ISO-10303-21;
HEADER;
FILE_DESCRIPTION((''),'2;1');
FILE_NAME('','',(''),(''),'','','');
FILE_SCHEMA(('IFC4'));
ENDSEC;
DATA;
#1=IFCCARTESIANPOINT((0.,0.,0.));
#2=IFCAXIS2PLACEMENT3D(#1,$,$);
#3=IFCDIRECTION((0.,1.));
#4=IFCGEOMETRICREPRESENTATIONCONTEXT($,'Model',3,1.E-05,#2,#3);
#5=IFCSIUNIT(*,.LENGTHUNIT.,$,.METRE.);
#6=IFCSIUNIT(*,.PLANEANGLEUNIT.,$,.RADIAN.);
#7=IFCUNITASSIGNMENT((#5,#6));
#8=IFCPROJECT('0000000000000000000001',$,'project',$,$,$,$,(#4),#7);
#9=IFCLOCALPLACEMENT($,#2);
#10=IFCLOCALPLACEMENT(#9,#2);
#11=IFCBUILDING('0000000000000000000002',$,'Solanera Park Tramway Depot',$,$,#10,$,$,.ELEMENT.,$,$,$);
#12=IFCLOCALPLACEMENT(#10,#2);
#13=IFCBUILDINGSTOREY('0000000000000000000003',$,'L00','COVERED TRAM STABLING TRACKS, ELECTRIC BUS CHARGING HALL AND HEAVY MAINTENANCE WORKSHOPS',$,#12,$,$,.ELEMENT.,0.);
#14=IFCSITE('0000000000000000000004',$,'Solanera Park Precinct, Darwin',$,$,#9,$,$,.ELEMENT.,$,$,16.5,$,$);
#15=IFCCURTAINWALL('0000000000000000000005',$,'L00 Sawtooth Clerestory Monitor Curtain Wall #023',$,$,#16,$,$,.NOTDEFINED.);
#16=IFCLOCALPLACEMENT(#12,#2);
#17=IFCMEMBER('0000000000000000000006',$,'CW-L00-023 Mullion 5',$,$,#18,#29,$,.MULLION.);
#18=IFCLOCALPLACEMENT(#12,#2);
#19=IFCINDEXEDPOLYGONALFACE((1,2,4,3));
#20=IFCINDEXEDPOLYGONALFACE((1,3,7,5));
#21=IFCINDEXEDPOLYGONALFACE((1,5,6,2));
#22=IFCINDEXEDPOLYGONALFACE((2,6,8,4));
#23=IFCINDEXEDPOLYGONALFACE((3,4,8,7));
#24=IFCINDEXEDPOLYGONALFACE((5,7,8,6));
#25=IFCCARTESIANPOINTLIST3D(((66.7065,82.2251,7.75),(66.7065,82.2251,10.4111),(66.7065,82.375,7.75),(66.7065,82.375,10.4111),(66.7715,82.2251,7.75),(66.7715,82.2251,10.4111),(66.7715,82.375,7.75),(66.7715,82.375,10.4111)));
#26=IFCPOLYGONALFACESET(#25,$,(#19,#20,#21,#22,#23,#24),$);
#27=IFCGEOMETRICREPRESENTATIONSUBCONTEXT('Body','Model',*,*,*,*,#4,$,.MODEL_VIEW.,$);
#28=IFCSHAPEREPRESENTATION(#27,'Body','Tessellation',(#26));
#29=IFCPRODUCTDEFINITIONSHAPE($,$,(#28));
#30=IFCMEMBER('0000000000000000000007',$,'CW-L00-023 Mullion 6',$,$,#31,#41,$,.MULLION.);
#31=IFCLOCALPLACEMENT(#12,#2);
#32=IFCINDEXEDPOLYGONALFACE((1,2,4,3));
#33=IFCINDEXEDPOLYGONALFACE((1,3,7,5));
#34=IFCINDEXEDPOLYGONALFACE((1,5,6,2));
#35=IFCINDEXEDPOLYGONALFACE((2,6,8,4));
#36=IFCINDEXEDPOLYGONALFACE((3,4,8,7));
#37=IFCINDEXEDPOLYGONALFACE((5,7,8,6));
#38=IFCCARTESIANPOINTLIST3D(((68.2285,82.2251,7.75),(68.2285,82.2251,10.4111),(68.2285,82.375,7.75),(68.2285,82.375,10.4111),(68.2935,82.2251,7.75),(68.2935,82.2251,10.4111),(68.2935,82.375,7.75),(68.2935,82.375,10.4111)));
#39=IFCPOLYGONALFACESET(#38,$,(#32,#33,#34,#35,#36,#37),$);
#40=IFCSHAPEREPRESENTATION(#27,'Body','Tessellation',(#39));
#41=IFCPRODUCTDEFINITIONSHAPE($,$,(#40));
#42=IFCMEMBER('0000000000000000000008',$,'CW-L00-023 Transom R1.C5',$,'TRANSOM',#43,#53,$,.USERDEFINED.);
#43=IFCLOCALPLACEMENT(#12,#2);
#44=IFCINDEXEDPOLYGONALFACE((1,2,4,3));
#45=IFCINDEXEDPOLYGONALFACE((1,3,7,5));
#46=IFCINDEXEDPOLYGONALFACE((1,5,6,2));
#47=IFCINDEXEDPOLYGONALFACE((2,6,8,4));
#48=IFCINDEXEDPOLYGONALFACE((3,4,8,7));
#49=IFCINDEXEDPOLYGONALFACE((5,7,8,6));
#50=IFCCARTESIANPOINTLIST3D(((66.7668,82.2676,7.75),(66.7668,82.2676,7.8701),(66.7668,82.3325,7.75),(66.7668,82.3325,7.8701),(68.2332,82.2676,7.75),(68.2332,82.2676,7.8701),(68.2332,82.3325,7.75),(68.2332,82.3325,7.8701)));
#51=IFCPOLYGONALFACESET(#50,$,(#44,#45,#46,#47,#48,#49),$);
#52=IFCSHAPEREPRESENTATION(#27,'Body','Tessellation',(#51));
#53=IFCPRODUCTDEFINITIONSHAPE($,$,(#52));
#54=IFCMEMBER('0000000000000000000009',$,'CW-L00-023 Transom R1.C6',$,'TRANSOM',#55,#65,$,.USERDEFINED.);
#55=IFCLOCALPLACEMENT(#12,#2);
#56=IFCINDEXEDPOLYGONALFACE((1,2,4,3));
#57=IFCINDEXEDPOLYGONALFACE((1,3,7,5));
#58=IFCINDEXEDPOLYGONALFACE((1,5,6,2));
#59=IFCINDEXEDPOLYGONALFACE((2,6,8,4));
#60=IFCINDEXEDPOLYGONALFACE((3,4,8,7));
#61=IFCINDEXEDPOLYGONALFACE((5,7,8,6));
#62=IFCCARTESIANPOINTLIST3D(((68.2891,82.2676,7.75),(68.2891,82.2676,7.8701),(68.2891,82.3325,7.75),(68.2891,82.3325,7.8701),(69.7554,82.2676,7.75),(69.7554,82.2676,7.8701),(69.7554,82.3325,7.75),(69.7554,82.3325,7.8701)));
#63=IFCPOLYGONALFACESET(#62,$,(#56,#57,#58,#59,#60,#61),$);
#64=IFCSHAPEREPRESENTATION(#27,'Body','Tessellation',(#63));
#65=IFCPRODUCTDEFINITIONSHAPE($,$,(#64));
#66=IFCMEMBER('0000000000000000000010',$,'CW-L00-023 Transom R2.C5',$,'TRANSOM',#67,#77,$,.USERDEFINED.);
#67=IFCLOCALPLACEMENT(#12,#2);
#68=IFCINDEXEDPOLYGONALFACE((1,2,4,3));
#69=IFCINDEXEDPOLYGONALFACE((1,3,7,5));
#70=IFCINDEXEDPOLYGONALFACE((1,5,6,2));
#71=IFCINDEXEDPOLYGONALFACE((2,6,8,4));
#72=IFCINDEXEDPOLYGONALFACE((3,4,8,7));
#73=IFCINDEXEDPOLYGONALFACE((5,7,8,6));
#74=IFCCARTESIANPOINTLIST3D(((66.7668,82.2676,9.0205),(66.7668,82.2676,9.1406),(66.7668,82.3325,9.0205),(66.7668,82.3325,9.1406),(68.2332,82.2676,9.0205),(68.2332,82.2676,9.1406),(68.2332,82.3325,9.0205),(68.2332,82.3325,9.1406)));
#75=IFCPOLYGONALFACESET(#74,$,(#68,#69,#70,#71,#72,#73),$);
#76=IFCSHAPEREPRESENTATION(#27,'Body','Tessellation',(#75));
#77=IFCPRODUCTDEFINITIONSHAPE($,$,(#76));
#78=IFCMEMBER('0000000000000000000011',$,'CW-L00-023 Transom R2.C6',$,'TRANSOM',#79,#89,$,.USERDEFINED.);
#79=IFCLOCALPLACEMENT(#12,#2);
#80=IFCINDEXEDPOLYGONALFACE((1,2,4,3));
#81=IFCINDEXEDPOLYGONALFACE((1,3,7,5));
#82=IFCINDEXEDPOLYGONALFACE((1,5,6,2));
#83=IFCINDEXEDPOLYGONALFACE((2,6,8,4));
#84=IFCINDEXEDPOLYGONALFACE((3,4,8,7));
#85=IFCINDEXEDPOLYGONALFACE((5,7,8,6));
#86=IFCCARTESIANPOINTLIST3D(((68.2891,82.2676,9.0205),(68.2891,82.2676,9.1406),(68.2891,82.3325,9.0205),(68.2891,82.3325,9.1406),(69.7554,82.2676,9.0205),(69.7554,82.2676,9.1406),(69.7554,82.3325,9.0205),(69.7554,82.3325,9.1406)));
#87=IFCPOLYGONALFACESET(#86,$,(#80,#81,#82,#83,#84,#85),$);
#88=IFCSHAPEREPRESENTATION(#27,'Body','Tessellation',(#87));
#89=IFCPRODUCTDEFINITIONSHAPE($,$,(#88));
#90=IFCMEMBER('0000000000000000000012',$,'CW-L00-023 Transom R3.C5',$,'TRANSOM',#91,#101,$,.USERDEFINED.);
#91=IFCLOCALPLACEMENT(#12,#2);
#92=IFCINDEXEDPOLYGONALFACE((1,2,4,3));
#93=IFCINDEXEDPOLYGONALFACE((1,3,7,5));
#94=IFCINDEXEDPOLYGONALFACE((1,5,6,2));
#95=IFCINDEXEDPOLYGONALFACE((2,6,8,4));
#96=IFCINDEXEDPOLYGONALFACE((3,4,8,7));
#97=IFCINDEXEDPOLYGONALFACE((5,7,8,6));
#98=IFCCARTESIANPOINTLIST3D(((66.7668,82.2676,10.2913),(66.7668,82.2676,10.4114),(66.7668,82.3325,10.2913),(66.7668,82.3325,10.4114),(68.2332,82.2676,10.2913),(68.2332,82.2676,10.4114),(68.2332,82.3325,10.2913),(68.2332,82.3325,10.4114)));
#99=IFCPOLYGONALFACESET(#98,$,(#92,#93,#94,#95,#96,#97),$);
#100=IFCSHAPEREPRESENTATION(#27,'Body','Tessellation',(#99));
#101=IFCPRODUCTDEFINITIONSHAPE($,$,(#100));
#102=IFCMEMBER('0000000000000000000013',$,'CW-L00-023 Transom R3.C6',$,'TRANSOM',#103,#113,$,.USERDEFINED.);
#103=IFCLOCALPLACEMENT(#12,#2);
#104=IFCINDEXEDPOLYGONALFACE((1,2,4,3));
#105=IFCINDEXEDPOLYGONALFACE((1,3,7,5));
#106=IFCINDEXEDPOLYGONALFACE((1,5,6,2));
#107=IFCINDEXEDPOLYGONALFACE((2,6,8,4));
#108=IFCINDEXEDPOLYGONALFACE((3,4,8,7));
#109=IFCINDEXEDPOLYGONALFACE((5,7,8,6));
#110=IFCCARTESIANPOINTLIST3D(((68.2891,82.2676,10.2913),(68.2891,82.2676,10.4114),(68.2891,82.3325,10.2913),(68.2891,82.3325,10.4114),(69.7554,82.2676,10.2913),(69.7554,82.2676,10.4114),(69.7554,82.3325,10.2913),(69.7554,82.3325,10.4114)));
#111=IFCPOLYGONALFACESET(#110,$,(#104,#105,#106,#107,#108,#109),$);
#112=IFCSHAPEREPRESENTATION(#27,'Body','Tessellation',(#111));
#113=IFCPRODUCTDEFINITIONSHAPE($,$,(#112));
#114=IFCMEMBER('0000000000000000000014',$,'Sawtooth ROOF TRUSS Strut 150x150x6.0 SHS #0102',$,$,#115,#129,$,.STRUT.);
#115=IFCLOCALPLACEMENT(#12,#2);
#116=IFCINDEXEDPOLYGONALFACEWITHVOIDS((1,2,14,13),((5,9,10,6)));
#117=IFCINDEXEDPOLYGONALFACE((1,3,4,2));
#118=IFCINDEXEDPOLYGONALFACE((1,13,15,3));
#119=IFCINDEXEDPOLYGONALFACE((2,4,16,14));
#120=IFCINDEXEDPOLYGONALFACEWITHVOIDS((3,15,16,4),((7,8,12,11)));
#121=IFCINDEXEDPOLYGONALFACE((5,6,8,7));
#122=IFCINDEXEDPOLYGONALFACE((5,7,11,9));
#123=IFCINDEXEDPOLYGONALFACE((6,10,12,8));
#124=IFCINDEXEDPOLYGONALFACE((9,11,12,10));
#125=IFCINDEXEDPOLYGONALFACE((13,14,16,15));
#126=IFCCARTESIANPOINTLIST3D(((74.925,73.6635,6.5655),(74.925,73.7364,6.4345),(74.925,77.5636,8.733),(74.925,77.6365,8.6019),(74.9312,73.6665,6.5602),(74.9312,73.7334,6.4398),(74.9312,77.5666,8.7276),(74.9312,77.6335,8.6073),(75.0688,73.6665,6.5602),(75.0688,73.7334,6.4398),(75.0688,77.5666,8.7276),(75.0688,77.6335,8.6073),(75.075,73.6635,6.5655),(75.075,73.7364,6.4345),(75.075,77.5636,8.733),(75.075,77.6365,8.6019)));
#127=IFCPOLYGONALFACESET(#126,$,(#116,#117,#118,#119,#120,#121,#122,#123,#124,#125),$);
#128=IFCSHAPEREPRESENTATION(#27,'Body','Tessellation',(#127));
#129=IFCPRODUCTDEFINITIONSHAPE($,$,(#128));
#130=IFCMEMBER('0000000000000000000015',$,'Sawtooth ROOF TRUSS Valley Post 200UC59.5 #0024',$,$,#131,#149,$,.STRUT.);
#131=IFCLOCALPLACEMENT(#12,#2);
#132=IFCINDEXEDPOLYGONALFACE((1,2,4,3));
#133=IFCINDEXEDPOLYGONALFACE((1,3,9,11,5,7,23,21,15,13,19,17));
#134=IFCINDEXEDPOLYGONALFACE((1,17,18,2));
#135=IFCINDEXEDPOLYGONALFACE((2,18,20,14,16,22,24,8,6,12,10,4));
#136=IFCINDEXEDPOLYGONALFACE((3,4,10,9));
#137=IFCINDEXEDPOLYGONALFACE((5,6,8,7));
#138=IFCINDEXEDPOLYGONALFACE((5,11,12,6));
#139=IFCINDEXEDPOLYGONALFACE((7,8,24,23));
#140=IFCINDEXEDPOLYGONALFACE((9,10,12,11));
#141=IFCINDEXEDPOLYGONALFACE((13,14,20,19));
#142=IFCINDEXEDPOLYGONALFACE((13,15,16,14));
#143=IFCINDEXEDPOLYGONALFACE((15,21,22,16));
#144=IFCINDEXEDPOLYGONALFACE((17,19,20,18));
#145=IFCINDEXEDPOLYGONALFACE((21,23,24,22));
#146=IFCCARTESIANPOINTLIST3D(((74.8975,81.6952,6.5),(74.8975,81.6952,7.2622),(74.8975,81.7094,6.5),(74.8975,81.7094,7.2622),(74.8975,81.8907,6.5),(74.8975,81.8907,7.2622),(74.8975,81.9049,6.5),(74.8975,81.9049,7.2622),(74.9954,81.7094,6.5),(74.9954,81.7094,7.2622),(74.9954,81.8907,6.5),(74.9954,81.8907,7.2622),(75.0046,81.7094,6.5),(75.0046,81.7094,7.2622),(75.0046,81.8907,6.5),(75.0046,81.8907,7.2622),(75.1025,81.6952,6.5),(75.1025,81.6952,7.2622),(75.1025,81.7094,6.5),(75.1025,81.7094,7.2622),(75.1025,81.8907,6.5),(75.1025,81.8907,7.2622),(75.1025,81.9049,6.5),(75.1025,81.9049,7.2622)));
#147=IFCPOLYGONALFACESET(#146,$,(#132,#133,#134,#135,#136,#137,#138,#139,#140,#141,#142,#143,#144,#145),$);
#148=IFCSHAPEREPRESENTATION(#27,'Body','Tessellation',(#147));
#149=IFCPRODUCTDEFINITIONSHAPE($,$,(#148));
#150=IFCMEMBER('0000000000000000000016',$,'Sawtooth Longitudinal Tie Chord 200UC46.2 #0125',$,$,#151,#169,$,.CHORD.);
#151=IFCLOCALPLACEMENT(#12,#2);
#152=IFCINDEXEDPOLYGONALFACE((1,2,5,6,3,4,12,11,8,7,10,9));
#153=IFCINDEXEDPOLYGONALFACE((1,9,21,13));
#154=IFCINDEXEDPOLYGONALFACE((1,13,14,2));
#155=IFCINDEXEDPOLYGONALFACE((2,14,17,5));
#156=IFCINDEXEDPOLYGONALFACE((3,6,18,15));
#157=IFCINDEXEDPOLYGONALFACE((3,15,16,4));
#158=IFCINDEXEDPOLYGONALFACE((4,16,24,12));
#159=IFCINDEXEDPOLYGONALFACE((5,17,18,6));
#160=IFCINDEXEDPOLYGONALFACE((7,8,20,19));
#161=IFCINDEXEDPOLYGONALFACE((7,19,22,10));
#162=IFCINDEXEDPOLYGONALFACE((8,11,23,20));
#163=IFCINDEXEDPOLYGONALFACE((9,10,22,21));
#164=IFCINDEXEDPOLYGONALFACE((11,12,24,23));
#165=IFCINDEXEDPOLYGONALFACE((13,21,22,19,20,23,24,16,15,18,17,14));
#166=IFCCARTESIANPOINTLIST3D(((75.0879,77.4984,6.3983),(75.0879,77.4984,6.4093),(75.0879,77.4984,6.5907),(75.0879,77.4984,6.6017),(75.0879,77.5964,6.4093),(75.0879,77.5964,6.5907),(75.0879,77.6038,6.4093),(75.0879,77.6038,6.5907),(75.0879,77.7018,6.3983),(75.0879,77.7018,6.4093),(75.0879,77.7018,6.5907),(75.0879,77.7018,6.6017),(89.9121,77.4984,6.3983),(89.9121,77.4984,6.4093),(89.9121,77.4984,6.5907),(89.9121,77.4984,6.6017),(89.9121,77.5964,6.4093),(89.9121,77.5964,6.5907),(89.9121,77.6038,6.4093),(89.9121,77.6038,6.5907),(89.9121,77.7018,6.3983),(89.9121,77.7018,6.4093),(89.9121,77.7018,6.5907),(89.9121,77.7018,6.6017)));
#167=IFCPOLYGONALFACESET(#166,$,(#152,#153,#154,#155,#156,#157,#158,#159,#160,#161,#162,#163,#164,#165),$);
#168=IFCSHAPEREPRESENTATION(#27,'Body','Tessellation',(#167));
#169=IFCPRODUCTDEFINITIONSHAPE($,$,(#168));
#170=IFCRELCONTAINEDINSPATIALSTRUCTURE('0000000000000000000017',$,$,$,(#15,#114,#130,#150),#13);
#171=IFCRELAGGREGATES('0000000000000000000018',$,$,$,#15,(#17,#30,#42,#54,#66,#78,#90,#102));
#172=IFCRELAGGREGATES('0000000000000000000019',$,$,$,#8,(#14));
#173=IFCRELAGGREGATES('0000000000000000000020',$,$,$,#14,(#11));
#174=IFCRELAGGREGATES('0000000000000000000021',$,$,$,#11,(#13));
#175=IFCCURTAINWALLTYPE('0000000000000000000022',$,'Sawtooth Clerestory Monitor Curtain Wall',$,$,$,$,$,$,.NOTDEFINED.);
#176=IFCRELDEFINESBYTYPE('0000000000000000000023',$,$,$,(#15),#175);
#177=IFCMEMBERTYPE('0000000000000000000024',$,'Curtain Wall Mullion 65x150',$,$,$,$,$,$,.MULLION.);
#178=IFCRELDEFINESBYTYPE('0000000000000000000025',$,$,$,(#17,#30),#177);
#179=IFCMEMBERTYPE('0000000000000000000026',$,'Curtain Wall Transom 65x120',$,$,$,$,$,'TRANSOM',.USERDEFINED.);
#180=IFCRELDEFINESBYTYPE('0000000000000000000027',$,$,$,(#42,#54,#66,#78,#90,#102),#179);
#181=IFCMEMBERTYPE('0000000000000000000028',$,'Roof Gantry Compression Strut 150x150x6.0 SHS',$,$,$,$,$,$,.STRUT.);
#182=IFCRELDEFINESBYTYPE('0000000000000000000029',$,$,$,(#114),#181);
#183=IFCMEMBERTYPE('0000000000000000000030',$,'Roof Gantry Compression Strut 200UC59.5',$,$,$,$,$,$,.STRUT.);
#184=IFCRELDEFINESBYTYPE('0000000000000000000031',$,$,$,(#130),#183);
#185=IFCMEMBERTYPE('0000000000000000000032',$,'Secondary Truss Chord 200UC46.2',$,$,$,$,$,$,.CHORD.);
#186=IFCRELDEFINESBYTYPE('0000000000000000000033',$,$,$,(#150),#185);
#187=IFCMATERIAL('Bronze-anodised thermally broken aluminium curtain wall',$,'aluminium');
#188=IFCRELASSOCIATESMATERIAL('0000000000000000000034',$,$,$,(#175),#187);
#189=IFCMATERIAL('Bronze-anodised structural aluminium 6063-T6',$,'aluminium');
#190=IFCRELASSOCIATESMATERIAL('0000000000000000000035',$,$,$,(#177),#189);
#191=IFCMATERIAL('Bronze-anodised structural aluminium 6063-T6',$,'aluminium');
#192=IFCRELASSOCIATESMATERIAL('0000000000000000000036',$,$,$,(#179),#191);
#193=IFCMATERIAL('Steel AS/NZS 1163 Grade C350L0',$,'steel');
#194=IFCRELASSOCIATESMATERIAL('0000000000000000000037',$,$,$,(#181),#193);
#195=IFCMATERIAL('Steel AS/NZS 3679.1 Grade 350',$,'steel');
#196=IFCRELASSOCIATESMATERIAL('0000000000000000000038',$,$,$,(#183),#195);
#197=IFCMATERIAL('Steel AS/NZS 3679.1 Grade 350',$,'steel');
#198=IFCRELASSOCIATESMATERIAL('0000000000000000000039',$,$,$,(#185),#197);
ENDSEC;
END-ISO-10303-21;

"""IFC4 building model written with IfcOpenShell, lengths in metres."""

from ifc_helpers import new_model, si_unit, direction, frame, origin, origin_2d, place, context, subcontext, project, spatial, rectangle, hollow_rectangle, i_section, extrude, material, material_profile, profile_set, type_object, element, aggregate, save


model = new_model("IFC4")

# Units and contexts
model_context = context("Model", 3, precision=1e-05, world=origin(), true_north=direction((0.0, 1.0)))
body_context = subcontext(model_context, "Body", "Model", "MODEL_VIEW")
ifc_project = project(units=[si_unit("LENGTHUNIT", "METRE"), si_unit("PLANEANGLEUNIT", "RADIAN")], contexts=[model_context])

# Site, building, storey
site_placement = place(None, origin())
site = spatial("IfcSite", under=ifc_project, at=site_placement, Name="Solanera Park Precinct, Darwin", CompositionType="ELEMENT", RefElevation=16.5)
building_placement = place(site_placement, origin())
building = spatial("IfcBuilding", under=site, at=building_placement, Name="Solanera Park Tramway Depot", CompositionType="ELEMENT")
storey_placement = place(building_placement, origin())
storey = spatial("IfcBuildingStorey", under=building, at=storey_placement, Name="L00", Description="COVERED TRAM STABLING TRACKS, ELECTRIC BUS CHARGING HALL AND HEAVY MAINTENANCE WORKSHOPS", CompositionType="ELEMENT", Elevation=0.0)

# Curtain wall, members
ifc_material_1 = material(Name="Bronze-anodised thermally broken aluminium curtain wall", Category="aluminium")
curtain_wall_type = type_object("IfcCurtainWallType", Name="Sawtooth Clerestory Monitor Curtain Wall", PredefinedType="NOTDEFINED", material=ifc_material_1)
curtain_wall_placement = place(storey_placement, origin())
curtain_wall = element("IfcCurtainWall", 1, at=curtain_wall_placement, inside=storey, type_object=curtain_wall_type, Name="L00 Sawtooth Clerestory Monitor Curtain Wall #023", PredefinedType="NOTDEFINED")
ifc_material_2 = material(Name="Bronze-anodised structural aluminium 6063-T6", Category="aluminium")
ifc_material_profile_1 = material_profile(ifc_material_2, rectangle(XDim=0.0649, YDim=0.1499, at=origin_2d()), Name="Curtain Wall Mullion 65x150")
ifc_profile_set_1 = profile_set([ifc_material_profile_1], Name="Bronze-anodised structural aluminium 6063-T6")
member_type_1 = type_object("IfcMemberType", Name="Curtain Wall Mullion 65x150", PredefinedType="MULLION", material=ifc_profile_set_1)
member_1_placement = place(storey_placement, frame((66.739, 82.3, 7.75), z_axis=(0.0, 0.0, 1.0), x_axis=(1.0, 0.0, 0.0)))
member_1 = element("IfcMember", 2, at=member_1_placement, type_object=member_type_1, Name="CW-L00-023 Mullion 5", PredefinedType="MULLION", context=body_context, shape_type="SweptSolid", body=[
    extrude(rectangle(XDim=0.0649, YDim=0.1499, at=origin_2d()), origin(), (0.0, 0.0, 1.0), 2.6611),
])
member_2_placement = place(storey_placement, frame((68.261, 82.3, 7.75), z_axis=(0.0, 0.0, 1.0), x_axis=(1.0, 0.0, 0.0)))
member_2 = element("IfcMember", 3, at=member_2_placement, type_object=member_type_1, Name="CW-L00-023 Mullion 6", PredefinedType="MULLION", context=body_context, shape_type="SweptSolid", body=[
    extrude(rectangle(XDim=0.0649, YDim=0.1499, at=origin_2d()), origin(), (0.0, 0.0, 1.0), 2.6611),
])
ifc_material_3 = material(Name="Bronze-anodised structural aluminium 6063-T6", Category="aluminium")
ifc_material_profile_2 = material_profile(ifc_material_3, rectangle(XDim=0.0649, YDim=0.1201, at=origin_2d()), Name="Curtain Wall Transom 65x120")
ifc_profile_set_2 = profile_set([ifc_material_profile_2], Name="Bronze-anodised structural aluminium 6063-T6")
member_type_2 = type_object("IfcMemberType", Name="Curtain Wall Transom 65x120", ElementType="TRANSOM", PredefinedType="USERDEFINED", material=ifc_profile_set_2)
member_3_placement = place(storey_placement, frame((66.7668, 82.3, 7.8101), z_axis=(1.0, 0.0, 0.0), x_axis=(0.0, 1.0, 0.0)))
member_3 = element("IfcMember", 4, at=member_3_placement, type_object=member_type_2, Name="CW-L00-023 Transom R1.C5", ObjectType="TRANSOM", PredefinedType="USERDEFINED", context=body_context, shape_type="SweptSolid", body=[
    extrude(rectangle(XDim=0.0649, YDim=0.1201, at=origin_2d()), origin(), (0.0, 0.0, 1.0), 1.4663),
])
member_4_placement = place(storey_placement, frame((68.2891, 82.3, 7.8101), z_axis=(1.0, 0.0, 0.0), x_axis=(0.0, 1.0, 0.0)))
member_4 = element("IfcMember", 5, at=member_4_placement, type_object=member_type_2, Name="CW-L00-023 Transom R1.C6", ObjectType="TRANSOM", PredefinedType="USERDEFINED", context=body_context, shape_type="SweptSolid", body=[
    extrude(rectangle(XDim=0.0649, YDim=0.1201, at=origin_2d()), origin(), (0.0, 0.0, 1.0), 1.4663),
])
member_5_placement = place(storey_placement, frame((66.7668, 82.3, 9.0806), z_axis=(1.0, 0.0, 0.0), x_axis=(0.0, 1.0, 0.0)))
member_5 = element("IfcMember", 6, at=member_5_placement, type_object=member_type_2, Name="CW-L00-023 Transom R2.C5", ObjectType="TRANSOM", PredefinedType="USERDEFINED", context=body_context, shape_type="SweptSolid", body=[
    extrude(rectangle(XDim=0.0649, YDim=0.1201, at=origin_2d()), origin(), (0.0, 0.0, 1.0), 1.4663),
])
member_6_placement = place(storey_placement, frame((68.2891, 82.3, 9.0806), z_axis=(1.0, 0.0, 0.0), x_axis=(0.0, 1.0, 0.0)))
member_6 = element("IfcMember", 7, at=member_6_placement, type_object=member_type_2, Name="CW-L00-023 Transom R2.C6", ObjectType="TRANSOM", PredefinedType="USERDEFINED", context=body_context, shape_type="SweptSolid", body=[
    extrude(rectangle(XDim=0.0649, YDim=0.1201, at=origin_2d()), origin(), (0.0, 0.0, 1.0), 1.4663),
])
member_7_placement = place(storey_placement, frame((66.7668, 82.3, 10.3513), z_axis=(1.0, 0.0, 0.0), x_axis=(0.0, 1.0, 0.0)))
member_7 = element("IfcMember", 8, at=member_7_placement, type_object=member_type_2, Name="CW-L00-023 Transom R3.C5", ObjectType="TRANSOM", PredefinedType="USERDEFINED", context=body_context, shape_type="SweptSolid", body=[
    extrude(rectangle(XDim=0.0649, YDim=0.1201, at=origin_2d()), origin(), (0.0, 0.0, 1.0), 1.4663),
])
member_8_placement = place(storey_placement, frame((68.2891, 82.3, 10.3513), z_axis=(1.0, 0.0, 0.0), x_axis=(0.0, 1.0, 0.0)))
member_8 = element("IfcMember", 9, at=member_8_placement, type_object=member_type_2, Name="CW-L00-023 Transom R3.C6", ObjectType="TRANSOM", PredefinedType="USERDEFINED", context=body_context, shape_type="SweptSolid", body=[
    extrude(rectangle(XDim=0.0649, YDim=0.1201, at=origin_2d()), origin(), (0.0, 0.0, 1.0), 1.4663),
])

# Members
ifc_material_4 = material(Name="Steel AS/NZS 1163 Grade C350L0", Category="steel")
ifc_material_profile_3 = material_profile(ifc_material_4, hollow_rectangle(XDim=0.1499, YDim=0.1499, WallThickness=0.0061, at=origin_2d()), Name="150x150x6.0 SHS")
ifc_profile_set_3 = profile_set([ifc_material_profile_3], Name="Steel AS/NZS 1163 Grade C350L0")
member_type_3 = type_object("IfcMemberType", Name="Roof Gantry Compression Strut 150x150x6.0 SHS", PredefinedType="STRUT", material=ifc_profile_set_3)
member_9_placement = place(storey_placement, frame((75.0, 73.7, 6.5), z_axis=(0.0, 0.874088, 0.485768), x_axis=(-1.0, 0.0, 0.0)))
element("IfcMember", 10, at=member_9_placement, inside=storey, type_object=member_type_3, Name="Sawtooth ROOF TRUSS Strut 150x150x6.0 SHS #0102", PredefinedType="STRUT", context=body_context, shape_type="SweptSolid", body=[
    extrude(hollow_rectangle(XDim=0.1499, YDim=0.1499, WallThickness=0.0061, at=origin_2d()), origin(), (0.0, 0.0, 1.0), 4.4619),
])
ifc_material_5 = material(Name="Steel AS/NZS 3679.1 Grade 350", Category="steel")
ifc_material_profile_4 = material_profile(ifc_material_5, i_section(OverallWidth=0.2051, OverallDepth=0.2097, WebThickness=0.0093, FlangeThickness=0.0142, at=origin_2d()), Name="200UC59.5")
ifc_profile_set_4 = profile_set([ifc_material_profile_4], Name="Steel AS/NZS 3679.1 Grade 350")
member_type_4 = type_object("IfcMemberType", Name="Roof Gantry Compression Strut 200UC59.5", PredefinedType="STRUT", material=ifc_profile_set_4)
member_10_placement = place(storey_placement, frame((75.0, 81.8, 6.5), z_axis=(0.0, 0.0, 1.0), x_axis=(1.0, 0.0, 0.0)))
element("IfcMember", 11, at=member_10_placement, inside=storey, type_object=member_type_4, Name="Sawtooth ROOF TRUSS Valley Post 200UC59.5 #0024", PredefinedType="STRUT", context=body_context, shape_type="SweptSolid", body=[
    extrude(i_section(OverallWidth=0.2051, OverallDepth=0.2097, WebThickness=0.0093, FlangeThickness=0.0142, at=origin_2d()), origin(), (0.0, 0.0, 1.0), 0.7622),
])
ifc_material_6 = material(Name="Steel AS/NZS 3679.1 Grade 350", Category="steel")
ifc_material_profile_5 = material_profile(ifc_material_6, i_section(OverallWidth=0.2034, OverallDepth=0.2034, WebThickness=0.0073, FlangeThickness=0.011, at=origin_2d()), Name="200UC46.2")
ifc_profile_set_5 = profile_set([ifc_material_profile_5], Name="Steel AS/NZS 3679.1 Grade 350")
member_type_5 = type_object("IfcMemberType", Name="Secondary Truss Chord 200UC46.2", PredefinedType="CHORD", material=ifc_profile_set_5)
member_11_placement = place(storey_placement, frame((75.0879, 77.6001, 6.5), z_axis=(1.0, 0.0, 0.0), x_axis=(0.0, 1.0, 0.0)))
element("IfcMember", 12, at=member_11_placement, inside=storey, type_object=member_type_5, Name="Sawtooth Longitudinal Tie Chord 200UC46.2 #0125", PredefinedType="CHORD", context=body_context, shape_type="SweptSolid", body=[
    extrude(i_section(OverallWidth=0.2034, OverallDepth=0.2034, WebThickness=0.0073, FlangeThickness=0.011, at=origin_2d()), origin(), (0.0, 0.0, 1.0), 14.8242),
])

aggregate(curtain_wall, [member_1, member_2, member_3, member_4, member_5, member_6, member_7, member_8])

save(model, "model.ifc")
